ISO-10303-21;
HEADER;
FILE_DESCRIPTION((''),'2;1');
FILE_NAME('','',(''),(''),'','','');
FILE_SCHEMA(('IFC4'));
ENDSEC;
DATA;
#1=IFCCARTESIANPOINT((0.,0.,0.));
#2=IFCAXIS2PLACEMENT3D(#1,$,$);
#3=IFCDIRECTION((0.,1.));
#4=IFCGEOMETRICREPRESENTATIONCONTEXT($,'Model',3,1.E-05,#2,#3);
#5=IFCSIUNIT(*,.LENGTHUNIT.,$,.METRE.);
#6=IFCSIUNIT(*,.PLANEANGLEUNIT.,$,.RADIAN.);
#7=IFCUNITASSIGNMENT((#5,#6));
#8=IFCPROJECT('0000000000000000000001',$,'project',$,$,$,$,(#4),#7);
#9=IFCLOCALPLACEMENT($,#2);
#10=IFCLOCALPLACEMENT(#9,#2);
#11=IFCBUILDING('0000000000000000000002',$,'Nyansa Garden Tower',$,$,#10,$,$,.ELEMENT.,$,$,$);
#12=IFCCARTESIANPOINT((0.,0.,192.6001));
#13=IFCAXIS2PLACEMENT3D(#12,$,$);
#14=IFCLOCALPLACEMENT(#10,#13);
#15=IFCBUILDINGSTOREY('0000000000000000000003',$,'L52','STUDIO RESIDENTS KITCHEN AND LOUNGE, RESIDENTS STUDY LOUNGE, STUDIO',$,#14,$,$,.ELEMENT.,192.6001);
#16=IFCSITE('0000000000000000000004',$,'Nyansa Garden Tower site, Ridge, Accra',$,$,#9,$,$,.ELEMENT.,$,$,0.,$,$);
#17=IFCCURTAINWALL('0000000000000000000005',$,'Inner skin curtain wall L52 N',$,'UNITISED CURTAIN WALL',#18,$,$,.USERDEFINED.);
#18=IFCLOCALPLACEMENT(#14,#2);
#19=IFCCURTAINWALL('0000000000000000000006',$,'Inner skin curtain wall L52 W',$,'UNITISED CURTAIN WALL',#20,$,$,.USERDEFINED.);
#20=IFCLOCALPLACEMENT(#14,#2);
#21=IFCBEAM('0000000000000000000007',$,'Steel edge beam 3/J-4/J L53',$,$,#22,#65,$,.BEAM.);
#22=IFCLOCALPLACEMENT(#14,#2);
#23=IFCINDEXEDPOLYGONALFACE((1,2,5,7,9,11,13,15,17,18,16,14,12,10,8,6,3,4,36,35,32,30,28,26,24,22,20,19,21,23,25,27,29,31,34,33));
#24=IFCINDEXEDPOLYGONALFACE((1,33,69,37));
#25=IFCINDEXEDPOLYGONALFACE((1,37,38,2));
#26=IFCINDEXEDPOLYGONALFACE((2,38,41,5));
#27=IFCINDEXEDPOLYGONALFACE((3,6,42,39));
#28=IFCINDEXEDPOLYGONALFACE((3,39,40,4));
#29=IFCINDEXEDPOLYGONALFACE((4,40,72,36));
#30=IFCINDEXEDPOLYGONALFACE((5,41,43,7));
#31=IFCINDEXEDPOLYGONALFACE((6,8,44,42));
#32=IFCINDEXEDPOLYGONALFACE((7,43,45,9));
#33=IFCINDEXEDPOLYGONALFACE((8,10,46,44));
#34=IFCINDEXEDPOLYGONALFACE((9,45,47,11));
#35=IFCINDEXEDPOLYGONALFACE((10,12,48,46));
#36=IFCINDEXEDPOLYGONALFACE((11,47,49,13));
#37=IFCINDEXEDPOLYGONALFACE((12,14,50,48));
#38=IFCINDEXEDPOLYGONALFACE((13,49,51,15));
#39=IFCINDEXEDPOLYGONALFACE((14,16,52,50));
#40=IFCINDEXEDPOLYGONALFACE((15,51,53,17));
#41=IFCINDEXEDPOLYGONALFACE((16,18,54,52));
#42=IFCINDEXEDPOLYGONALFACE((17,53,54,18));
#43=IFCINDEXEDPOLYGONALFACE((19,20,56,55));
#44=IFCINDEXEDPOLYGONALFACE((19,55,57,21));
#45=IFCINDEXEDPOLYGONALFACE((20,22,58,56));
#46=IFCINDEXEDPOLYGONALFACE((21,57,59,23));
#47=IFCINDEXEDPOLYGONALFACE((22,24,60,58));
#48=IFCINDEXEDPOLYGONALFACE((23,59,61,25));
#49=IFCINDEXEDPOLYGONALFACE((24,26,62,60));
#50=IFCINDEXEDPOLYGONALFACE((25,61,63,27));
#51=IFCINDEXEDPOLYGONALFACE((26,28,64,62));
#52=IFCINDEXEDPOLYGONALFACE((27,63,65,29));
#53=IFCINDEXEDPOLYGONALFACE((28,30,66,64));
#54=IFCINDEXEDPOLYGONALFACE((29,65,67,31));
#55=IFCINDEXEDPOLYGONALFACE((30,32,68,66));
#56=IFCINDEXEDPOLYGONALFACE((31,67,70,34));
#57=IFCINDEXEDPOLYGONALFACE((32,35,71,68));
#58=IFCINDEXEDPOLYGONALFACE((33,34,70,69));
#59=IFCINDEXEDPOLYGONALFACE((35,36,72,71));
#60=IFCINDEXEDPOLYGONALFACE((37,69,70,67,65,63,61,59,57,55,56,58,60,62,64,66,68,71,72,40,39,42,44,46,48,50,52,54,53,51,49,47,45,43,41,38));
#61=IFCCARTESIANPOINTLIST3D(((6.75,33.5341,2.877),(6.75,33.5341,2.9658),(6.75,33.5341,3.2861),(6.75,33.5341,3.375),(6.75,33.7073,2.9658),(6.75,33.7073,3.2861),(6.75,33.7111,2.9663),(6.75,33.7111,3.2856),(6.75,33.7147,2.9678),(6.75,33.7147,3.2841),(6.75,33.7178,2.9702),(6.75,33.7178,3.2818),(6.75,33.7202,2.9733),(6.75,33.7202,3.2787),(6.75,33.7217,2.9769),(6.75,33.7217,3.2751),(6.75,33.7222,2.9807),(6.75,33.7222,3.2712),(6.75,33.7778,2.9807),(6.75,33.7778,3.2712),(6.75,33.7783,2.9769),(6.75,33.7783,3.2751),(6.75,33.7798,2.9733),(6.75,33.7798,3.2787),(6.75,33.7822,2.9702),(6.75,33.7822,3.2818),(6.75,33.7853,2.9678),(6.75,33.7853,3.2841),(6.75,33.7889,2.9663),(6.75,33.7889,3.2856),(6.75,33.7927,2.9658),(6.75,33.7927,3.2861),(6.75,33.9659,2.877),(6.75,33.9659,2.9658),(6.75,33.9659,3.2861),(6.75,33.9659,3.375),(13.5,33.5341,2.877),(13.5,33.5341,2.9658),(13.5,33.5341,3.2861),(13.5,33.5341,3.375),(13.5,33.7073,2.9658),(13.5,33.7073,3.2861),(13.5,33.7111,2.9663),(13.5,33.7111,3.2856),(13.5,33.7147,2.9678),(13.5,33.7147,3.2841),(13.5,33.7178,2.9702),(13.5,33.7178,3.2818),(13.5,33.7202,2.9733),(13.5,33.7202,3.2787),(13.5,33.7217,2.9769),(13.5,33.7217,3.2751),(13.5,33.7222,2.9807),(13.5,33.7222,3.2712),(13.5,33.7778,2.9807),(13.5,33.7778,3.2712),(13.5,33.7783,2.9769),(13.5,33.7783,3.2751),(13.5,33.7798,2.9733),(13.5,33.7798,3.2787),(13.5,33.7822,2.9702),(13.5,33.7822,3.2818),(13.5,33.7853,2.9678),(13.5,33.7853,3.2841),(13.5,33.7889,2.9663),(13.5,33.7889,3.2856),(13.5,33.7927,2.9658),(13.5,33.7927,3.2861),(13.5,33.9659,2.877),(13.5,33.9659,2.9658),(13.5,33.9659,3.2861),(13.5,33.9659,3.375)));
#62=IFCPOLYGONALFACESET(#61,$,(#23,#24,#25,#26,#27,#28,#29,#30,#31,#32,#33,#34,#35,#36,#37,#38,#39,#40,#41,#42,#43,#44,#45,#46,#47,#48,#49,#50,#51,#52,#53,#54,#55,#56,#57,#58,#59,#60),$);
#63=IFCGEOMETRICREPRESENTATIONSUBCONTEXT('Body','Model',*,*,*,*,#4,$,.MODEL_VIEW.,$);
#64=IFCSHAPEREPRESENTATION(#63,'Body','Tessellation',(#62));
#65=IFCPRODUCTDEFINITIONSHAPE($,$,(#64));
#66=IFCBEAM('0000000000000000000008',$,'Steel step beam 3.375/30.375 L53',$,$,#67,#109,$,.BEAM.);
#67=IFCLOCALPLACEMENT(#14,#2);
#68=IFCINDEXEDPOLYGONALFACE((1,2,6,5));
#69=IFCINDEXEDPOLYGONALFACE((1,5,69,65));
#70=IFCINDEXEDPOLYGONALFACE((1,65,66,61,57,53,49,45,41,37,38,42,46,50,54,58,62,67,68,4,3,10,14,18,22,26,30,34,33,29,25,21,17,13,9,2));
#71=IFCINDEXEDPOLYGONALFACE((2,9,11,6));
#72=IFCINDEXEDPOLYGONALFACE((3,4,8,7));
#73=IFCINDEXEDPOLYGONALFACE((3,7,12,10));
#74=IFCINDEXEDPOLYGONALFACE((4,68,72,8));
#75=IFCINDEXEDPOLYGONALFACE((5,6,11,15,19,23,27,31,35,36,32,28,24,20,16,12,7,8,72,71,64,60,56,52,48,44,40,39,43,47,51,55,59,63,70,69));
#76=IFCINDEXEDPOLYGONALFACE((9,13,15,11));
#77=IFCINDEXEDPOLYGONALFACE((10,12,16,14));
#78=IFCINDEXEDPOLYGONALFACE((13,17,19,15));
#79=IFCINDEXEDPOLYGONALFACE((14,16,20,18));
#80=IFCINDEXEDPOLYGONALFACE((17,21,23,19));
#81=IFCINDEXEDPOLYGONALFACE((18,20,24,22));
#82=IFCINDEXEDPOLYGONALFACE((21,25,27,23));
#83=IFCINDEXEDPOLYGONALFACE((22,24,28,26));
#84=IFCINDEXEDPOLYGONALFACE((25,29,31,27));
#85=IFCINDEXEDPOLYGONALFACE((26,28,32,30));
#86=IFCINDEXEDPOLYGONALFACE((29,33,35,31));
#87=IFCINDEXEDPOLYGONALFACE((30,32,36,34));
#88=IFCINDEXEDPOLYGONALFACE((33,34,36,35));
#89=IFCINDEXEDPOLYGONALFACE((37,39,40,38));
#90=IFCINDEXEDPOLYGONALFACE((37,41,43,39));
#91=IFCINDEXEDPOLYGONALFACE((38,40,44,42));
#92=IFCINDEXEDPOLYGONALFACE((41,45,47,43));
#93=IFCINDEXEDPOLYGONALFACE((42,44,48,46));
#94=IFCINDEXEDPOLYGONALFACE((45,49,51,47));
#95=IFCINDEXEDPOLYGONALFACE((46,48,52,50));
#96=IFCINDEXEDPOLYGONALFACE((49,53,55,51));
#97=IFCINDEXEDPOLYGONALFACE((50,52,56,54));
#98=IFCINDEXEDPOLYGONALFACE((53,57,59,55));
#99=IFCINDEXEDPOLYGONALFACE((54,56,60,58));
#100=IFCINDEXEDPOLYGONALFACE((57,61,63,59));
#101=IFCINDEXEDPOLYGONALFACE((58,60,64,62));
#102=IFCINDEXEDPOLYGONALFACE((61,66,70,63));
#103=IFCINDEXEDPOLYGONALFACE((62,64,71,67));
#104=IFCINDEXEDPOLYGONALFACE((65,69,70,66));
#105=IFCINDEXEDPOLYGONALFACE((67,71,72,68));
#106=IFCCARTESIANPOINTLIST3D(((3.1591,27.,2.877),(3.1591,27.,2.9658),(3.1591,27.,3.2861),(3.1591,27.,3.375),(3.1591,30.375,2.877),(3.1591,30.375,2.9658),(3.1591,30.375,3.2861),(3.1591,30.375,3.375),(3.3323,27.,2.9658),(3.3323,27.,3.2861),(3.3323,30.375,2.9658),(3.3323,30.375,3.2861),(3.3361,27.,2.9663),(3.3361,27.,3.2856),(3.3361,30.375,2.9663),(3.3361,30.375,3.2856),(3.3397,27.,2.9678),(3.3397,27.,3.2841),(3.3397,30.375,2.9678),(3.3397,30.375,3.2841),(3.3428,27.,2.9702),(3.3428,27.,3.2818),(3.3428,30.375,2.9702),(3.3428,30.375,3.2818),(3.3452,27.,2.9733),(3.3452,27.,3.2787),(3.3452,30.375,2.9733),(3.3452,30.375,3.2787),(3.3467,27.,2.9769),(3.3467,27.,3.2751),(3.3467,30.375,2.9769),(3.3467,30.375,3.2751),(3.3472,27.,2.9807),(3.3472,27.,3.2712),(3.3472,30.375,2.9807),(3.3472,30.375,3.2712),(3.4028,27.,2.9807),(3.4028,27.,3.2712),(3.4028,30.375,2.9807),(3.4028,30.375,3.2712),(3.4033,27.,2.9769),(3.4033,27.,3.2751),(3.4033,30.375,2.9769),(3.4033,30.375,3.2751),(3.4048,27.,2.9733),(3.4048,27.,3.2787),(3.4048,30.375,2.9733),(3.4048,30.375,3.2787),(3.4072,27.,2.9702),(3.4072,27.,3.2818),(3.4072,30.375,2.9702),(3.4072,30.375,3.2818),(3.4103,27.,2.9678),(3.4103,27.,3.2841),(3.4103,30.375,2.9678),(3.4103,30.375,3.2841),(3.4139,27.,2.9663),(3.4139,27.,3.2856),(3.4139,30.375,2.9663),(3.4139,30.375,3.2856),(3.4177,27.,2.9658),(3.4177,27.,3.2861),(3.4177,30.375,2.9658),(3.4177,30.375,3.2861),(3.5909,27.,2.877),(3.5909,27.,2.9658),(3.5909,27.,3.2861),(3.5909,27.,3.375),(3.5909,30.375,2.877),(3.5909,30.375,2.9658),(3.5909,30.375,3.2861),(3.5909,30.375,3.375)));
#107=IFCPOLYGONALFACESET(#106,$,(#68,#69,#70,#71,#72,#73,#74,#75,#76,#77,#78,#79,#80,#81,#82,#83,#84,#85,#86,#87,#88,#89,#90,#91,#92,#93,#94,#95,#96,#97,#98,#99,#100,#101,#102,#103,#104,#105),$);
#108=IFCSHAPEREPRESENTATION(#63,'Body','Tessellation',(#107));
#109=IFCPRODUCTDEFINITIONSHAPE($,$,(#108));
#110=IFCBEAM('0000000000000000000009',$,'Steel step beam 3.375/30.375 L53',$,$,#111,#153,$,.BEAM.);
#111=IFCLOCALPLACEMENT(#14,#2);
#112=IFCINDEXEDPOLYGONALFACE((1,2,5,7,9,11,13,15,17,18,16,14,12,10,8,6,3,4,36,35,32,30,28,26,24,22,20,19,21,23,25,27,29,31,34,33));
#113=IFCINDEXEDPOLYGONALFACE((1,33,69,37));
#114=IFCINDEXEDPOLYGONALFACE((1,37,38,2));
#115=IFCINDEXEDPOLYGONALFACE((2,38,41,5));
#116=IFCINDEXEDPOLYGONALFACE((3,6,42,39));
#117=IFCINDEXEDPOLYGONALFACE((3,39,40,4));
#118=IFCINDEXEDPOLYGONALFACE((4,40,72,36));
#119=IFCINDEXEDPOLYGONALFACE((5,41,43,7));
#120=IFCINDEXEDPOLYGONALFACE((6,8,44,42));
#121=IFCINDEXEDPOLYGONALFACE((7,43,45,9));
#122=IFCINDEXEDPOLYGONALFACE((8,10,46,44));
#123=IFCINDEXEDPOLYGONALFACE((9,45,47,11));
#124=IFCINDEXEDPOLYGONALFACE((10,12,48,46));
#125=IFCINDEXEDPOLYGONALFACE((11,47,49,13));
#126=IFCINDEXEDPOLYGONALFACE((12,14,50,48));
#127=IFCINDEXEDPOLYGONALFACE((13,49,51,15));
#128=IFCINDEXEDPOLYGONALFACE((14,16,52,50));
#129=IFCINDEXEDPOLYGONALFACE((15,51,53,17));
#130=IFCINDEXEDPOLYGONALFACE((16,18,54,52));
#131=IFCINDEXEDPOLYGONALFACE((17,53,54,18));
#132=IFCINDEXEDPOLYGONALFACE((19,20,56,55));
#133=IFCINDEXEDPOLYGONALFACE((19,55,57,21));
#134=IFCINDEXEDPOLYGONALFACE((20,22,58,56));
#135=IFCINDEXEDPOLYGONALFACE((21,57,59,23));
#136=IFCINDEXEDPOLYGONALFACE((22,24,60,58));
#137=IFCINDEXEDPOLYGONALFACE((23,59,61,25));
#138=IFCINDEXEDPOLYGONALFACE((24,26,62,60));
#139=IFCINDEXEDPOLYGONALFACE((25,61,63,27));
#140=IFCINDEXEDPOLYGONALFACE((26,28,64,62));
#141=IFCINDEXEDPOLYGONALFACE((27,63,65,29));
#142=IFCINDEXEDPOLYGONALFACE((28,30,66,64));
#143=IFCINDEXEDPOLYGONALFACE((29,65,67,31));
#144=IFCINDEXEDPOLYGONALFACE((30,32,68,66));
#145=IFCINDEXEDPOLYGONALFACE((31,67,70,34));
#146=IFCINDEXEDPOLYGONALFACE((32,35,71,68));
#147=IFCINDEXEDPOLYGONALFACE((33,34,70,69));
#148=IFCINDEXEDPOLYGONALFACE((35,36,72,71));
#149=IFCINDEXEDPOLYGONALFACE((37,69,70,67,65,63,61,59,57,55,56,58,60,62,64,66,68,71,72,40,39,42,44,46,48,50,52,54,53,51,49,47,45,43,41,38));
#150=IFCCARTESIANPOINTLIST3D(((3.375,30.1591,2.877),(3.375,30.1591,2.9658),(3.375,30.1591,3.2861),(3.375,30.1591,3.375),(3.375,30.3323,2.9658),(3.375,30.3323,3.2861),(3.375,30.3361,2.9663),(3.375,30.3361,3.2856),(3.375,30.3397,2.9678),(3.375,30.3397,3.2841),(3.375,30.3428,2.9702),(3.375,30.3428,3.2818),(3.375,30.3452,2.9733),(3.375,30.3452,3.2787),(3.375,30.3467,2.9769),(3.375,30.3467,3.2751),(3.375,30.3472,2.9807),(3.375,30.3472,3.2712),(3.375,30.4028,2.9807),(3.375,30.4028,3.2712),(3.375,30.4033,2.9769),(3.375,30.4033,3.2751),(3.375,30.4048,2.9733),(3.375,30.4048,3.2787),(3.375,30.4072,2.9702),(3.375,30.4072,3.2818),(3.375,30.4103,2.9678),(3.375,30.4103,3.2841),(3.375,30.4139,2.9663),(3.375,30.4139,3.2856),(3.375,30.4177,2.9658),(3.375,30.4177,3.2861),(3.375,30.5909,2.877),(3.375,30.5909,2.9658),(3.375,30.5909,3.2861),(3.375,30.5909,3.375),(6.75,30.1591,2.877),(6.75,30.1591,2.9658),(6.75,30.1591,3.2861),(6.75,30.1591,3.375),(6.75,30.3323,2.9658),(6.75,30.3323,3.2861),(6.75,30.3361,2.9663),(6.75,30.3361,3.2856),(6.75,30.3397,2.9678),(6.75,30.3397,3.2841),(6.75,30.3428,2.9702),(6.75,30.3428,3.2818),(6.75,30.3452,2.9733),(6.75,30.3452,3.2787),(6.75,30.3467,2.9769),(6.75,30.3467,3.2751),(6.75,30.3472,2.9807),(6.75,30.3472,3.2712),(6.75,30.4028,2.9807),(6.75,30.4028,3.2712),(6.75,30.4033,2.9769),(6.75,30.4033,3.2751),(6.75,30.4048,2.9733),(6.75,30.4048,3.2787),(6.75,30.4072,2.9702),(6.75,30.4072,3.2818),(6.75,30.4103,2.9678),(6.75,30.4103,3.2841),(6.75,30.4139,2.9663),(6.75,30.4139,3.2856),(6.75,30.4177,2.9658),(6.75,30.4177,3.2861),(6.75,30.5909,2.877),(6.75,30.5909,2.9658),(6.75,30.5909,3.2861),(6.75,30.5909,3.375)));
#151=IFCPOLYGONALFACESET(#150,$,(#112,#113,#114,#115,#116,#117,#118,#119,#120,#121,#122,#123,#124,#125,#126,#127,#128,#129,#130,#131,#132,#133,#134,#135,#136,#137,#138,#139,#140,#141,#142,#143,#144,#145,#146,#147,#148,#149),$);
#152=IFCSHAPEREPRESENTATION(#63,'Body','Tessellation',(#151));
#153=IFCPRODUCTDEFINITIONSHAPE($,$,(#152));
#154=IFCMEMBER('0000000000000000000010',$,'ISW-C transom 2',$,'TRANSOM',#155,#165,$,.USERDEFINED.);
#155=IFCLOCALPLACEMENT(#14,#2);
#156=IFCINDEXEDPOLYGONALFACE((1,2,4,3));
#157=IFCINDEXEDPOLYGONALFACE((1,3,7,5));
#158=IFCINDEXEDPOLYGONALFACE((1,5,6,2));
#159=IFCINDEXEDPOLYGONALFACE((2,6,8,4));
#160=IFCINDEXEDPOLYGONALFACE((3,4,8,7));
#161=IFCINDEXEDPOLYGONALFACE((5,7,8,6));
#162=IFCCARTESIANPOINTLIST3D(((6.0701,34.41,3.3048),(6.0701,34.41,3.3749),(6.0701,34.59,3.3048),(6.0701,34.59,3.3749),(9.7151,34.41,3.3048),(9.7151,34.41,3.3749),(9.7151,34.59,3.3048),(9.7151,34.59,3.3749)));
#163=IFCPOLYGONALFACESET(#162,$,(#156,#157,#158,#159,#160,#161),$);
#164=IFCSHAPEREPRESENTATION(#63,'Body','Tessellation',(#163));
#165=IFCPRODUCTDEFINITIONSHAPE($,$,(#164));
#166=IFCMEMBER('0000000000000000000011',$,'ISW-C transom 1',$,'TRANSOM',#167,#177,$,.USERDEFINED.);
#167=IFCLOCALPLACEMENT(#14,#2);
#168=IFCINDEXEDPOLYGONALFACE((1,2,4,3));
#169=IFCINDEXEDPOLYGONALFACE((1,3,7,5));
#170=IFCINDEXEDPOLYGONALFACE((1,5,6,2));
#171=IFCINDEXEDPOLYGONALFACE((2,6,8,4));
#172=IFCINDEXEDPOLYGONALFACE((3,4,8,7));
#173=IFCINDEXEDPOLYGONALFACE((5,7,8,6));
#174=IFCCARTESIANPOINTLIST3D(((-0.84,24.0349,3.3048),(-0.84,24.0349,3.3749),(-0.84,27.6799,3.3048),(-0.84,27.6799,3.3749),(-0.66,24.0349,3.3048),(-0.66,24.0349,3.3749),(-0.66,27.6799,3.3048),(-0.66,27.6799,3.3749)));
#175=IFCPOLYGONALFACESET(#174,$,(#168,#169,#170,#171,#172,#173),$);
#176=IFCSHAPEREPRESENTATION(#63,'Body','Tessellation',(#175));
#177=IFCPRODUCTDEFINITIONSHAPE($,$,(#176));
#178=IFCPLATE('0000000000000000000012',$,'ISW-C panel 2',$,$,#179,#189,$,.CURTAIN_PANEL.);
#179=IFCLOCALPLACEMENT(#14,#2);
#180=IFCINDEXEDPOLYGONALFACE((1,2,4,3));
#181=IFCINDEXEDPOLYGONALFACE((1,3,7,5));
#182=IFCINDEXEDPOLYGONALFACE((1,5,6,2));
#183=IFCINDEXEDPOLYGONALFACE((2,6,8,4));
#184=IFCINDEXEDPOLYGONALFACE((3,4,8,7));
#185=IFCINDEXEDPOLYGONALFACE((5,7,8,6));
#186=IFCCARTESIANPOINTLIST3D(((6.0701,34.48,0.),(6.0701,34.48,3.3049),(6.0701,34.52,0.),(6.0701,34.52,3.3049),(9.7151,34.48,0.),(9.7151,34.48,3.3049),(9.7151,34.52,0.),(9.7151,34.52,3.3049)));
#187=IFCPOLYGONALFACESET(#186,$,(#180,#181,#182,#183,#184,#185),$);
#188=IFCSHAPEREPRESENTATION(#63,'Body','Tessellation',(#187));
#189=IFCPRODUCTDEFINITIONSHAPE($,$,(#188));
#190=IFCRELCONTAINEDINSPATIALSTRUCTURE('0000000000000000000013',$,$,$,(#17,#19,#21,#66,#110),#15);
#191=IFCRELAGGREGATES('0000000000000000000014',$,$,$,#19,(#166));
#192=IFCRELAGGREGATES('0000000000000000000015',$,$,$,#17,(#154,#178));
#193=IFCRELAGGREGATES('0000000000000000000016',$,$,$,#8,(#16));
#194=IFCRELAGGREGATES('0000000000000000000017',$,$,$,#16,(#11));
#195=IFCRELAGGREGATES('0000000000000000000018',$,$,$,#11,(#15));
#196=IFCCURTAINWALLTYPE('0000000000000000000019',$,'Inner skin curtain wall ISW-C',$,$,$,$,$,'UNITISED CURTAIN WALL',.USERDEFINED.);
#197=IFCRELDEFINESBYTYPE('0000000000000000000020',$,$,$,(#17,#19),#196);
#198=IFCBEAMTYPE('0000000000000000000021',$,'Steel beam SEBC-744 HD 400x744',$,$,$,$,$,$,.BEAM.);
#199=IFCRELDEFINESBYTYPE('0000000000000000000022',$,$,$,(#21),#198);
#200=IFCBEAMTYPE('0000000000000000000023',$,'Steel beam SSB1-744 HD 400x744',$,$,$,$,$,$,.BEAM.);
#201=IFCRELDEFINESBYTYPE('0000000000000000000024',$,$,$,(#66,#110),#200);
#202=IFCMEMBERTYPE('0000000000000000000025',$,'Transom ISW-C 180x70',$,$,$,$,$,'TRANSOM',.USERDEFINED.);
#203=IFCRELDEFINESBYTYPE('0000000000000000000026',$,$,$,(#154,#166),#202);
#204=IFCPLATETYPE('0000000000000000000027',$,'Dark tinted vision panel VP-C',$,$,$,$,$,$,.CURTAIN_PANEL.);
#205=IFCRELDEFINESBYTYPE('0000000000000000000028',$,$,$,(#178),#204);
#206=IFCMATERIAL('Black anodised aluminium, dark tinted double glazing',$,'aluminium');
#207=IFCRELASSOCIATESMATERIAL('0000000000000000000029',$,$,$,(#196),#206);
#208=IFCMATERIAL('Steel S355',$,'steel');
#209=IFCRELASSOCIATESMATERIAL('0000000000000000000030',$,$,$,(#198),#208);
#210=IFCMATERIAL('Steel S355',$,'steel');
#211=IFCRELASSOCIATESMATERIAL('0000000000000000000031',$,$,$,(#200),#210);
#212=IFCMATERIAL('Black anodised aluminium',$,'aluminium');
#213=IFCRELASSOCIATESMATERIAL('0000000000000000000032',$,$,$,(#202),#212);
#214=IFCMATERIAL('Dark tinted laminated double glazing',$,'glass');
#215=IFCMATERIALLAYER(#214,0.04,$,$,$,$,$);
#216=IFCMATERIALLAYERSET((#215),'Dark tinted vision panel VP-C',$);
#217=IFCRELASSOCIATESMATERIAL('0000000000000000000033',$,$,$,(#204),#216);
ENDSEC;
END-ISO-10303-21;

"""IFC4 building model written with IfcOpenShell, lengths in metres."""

from ifc_helpers import new_model, si_unit, direction, frame, origin, origin_2d, place, context, subcontext, project, spatial, rectangle, i_section, extrude, material, layer, layer_set, material_profile, profile_set, type_object, element, aggregate, save


model = new_model("IFC4")

# Units and contexts
model_context = context("Model", 3, precision=1e-05, world=origin(), true_north=direction((0.0, 1.0)))
body_context = subcontext(model_context, "Body", "Model", "MODEL_VIEW")
ifc_project = project(units=[si_unit("LENGTHUNIT", "METRE"), si_unit("PLANEANGLEUNIT", "RADIAN")], contexts=[model_context])

# Site, building, storey
site_placement = place(None, origin())
site = spatial("IfcSite", under=ifc_project, at=site_placement, Name="Nyansa Garden Tower site, Ridge, Accra", CompositionType="ELEMENT", RefElevation=0.0)
building_placement = place(site_placement, origin())
building = spatial("IfcBuilding", under=site, at=building_placement, Name="Nyansa Garden Tower", CompositionType="ELEMENT")
storey_placement = place(building_placement, frame((0.0, 0.0, 192.6001)))
storey = spatial("IfcBuildingStorey", under=building, at=storey_placement, Name="L52", Description="STUDIO RESIDENTS KITCHEN AND LOUNGE, RESIDENTS STUDY LOUNGE, STUDIO", CompositionType="ELEMENT", Elevation=192.6001)

# Curtain walls
ifc_material_1 = material(Name="Black anodised aluminium, dark tinted double glazing", Category="aluminium")
curtain_wall_type = type_object("IfcCurtainWallType", Name="Inner skin curtain wall ISW-C", ElementType="UNITISED CURTAIN WALL", PredefinedType="USERDEFINED", material=ifc_material_1)
curtain_wall_1_placement = place(storey_placement, origin())
curtain_wall_1 = element("IfcCurtainWall", 1, at=curtain_wall_1_placement, inside=storey, type_object=curtain_wall_type, Name="Inner skin curtain wall L52 N", ObjectType="UNITISED CURTAIN WALL", PredefinedType="USERDEFINED")
curtain_wall_2_placement = place(storey_placement, origin())
curtain_wall_2 = element("IfcCurtainWall", 2, at=curtain_wall_2_placement, inside=storey, type_object=curtain_wall_type, Name="Inner skin curtain wall L52 W", ObjectType="UNITISED CURTAIN WALL", PredefinedType="USERDEFINED")

# Beams
ifc_material_2 = material(Name="Steel S355", Category="steel")
ifc_material_profile_1 = material_profile(ifc_material_2, i_section(OverallWidth=0.4319, OverallDepth=0.498, WebThickness=0.0557, FlangeThickness=0.0889, FilletRadius=0.0149, at=origin_2d()), Name="HD 400x744")
ifc_profile_set_1 = profile_set([ifc_material_profile_1], Name="Steel S355")
beam_type_1 = type_object("IfcBeamType", Name="Steel beam SEBC-744 HD 400x744", PredefinedType="BEAM", material=ifc_profile_set_1)
beam_1_placement = place(storey_placement, frame((6.75, 33.75, 3.126), z_axis=(1.0, 0.0, 0.0), x_axis=(0.0, 1.0, 0.0)))
element("IfcBeam", 3, at=beam_1_placement, inside=storey, type_object=beam_type_1, Name="Steel edge beam 3/J-4/J L53", PredefinedType="BEAM", context=body_context, shape_type="SweptSolid", body=[
    extrude(i_section(OverallWidth=0.4319, OverallDepth=0.498, WebThickness=0.0557, FlangeThickness=0.0889, FilletRadius=0.0149, at=origin_2d()), origin(), (0.0, 0.0, 1.0), 6.75),
])
ifc_material_3 = material(Name="Steel S355", Category="steel")
ifc_material_profile_2 = material_profile(ifc_material_3, i_section(OverallWidth=0.4319, OverallDepth=0.498, WebThickness=0.0557, FlangeThickness=0.0889, FilletRadius=0.0149, at=origin_2d()), Name="HD 400x744")
ifc_profile_set_2 = profile_set([ifc_material_profile_2], Name="Steel S355")
beam_type_2 = type_object("IfcBeamType", Name="Steel beam SSB1-744 HD 400x744", PredefinedType="BEAM", material=ifc_profile_set_2)
for number, where, z_axis, x_axis, name in (
    (4, (3.375, 30.375, 3.126), (0.0, -1.0, 0.0), (1.0, 0.0, 0.0), "Steel step beam 3.375/30.375 L53"),
    (5, (3.375, 30.375, 3.126), (1.0, 0.0, 0.0), (0.0, 1.0, 0.0), "Steel step beam 3.375/30.375 L53"),
):
    element("IfcBeam", number, at=place(storey_placement, frame(where, z_axis=z_axis, x_axis=x_axis)), inside=storey, type_object=beam_type_2, Name=name, PredefinedType="BEAM", context=body_context, shape_type="SweptSolid", body=[
        extrude(i_section(OverallWidth=0.4319, OverallDepth=0.498, WebThickness=0.0557, FlangeThickness=0.0889, FilletRadius=0.0149, at=origin_2d()), origin(), (0.0, 0.0, 1.0), 3.375),
    ])

# Members
ifc_material_4 = material(Name="Black anodised aluminium", Category="aluminium")
ifc_material_profile_3 = material_profile(ifc_material_4, rectangle(XDim=0.1799, YDim=0.0701, at=origin_2d()), Name="Transom 180x70")
ifc_profile_set_3 = profile_set([ifc_material_profile_3], Name="Black anodised aluminium")
member_type_1 = type_object("IfcMemberType", Name="Transom ISW-C 180x70", ElementType="TRANSOM", PredefinedType="USERDEFINED", material=ifc_profile_set_3)
member_1_placement = place(storey_placement, frame((9.7151, 34.5, 3.3398), z_axis=(-1.0, 0.0, 0.0), x_axis=(0.0, -1.0, 0.0)))
member_1 = element("IfcMember", 6, at=member_1_placement, type_object=member_type_1, Name="ISW-C transom 2", ObjectType="TRANSOM", PredefinedType="USERDEFINED", context=body_context, shape_type="SweptSolid", body=[
    extrude(rectangle(XDim=0.1799, YDim=0.0701, at=origin_2d()), origin(), (0.0, 0.0, 1.0), 3.645),
])
member_2_placement = place(storey_placement, frame((-0.75, 27.6799, 3.3398), z_axis=(0.0, -1.0, 0.0), x_axis=(1.0, 0.0, 0.0)))
member_2 = element("IfcMember", 7, at=member_2_placement, type_object=member_type_1, Name="ISW-C transom 1", ObjectType="TRANSOM", PredefinedType="USERDEFINED", context=body_context, shape_type="SweptSolid", body=[
    extrude(rectangle(XDim=0.1799, YDim=0.0701, at=origin_2d()), origin(), (0.0, 0.0, 1.0), 3.645),
])
aggregate(curtain_wall_2, [member_2])

# Plate
ifc_material_5 = material(Name="Dark tinted laminated double glazing", Category="glass")
ifc_layer_1 = layer(ifc_material_5, 0.04)
ifc_layer_set_1 = layer_set([ifc_layer_1], Name="Dark tinted vision panel VP-C")
plate_type = type_object("IfcPlateType", Name="Dark tinted vision panel VP-C", PredefinedType="CURTAIN_PANEL", material=ifc_layer_set_1)
plate_placement = place(storey_placement, frame((7.8926, 34.5, 0.0), z_axis=(0.0, 0.0, 1.0), x_axis=(-1.0, 0.0, 0.0)))
plate = element("IfcPlate", 8, at=plate_placement, type_object=plate_type, Name="ISW-C panel 2", PredefinedType="CURTAIN_PANEL", context=body_context, shape_type="SweptSolid", body=[
    extrude(rectangle(XDim=3.645, YDim=0.04, at=origin_2d()), origin(), (0.0, 0.0, 1.0), 3.3049),
])
aggregate(curtain_wall_1, [member_1, plate])

save(model, "model.ifc")
